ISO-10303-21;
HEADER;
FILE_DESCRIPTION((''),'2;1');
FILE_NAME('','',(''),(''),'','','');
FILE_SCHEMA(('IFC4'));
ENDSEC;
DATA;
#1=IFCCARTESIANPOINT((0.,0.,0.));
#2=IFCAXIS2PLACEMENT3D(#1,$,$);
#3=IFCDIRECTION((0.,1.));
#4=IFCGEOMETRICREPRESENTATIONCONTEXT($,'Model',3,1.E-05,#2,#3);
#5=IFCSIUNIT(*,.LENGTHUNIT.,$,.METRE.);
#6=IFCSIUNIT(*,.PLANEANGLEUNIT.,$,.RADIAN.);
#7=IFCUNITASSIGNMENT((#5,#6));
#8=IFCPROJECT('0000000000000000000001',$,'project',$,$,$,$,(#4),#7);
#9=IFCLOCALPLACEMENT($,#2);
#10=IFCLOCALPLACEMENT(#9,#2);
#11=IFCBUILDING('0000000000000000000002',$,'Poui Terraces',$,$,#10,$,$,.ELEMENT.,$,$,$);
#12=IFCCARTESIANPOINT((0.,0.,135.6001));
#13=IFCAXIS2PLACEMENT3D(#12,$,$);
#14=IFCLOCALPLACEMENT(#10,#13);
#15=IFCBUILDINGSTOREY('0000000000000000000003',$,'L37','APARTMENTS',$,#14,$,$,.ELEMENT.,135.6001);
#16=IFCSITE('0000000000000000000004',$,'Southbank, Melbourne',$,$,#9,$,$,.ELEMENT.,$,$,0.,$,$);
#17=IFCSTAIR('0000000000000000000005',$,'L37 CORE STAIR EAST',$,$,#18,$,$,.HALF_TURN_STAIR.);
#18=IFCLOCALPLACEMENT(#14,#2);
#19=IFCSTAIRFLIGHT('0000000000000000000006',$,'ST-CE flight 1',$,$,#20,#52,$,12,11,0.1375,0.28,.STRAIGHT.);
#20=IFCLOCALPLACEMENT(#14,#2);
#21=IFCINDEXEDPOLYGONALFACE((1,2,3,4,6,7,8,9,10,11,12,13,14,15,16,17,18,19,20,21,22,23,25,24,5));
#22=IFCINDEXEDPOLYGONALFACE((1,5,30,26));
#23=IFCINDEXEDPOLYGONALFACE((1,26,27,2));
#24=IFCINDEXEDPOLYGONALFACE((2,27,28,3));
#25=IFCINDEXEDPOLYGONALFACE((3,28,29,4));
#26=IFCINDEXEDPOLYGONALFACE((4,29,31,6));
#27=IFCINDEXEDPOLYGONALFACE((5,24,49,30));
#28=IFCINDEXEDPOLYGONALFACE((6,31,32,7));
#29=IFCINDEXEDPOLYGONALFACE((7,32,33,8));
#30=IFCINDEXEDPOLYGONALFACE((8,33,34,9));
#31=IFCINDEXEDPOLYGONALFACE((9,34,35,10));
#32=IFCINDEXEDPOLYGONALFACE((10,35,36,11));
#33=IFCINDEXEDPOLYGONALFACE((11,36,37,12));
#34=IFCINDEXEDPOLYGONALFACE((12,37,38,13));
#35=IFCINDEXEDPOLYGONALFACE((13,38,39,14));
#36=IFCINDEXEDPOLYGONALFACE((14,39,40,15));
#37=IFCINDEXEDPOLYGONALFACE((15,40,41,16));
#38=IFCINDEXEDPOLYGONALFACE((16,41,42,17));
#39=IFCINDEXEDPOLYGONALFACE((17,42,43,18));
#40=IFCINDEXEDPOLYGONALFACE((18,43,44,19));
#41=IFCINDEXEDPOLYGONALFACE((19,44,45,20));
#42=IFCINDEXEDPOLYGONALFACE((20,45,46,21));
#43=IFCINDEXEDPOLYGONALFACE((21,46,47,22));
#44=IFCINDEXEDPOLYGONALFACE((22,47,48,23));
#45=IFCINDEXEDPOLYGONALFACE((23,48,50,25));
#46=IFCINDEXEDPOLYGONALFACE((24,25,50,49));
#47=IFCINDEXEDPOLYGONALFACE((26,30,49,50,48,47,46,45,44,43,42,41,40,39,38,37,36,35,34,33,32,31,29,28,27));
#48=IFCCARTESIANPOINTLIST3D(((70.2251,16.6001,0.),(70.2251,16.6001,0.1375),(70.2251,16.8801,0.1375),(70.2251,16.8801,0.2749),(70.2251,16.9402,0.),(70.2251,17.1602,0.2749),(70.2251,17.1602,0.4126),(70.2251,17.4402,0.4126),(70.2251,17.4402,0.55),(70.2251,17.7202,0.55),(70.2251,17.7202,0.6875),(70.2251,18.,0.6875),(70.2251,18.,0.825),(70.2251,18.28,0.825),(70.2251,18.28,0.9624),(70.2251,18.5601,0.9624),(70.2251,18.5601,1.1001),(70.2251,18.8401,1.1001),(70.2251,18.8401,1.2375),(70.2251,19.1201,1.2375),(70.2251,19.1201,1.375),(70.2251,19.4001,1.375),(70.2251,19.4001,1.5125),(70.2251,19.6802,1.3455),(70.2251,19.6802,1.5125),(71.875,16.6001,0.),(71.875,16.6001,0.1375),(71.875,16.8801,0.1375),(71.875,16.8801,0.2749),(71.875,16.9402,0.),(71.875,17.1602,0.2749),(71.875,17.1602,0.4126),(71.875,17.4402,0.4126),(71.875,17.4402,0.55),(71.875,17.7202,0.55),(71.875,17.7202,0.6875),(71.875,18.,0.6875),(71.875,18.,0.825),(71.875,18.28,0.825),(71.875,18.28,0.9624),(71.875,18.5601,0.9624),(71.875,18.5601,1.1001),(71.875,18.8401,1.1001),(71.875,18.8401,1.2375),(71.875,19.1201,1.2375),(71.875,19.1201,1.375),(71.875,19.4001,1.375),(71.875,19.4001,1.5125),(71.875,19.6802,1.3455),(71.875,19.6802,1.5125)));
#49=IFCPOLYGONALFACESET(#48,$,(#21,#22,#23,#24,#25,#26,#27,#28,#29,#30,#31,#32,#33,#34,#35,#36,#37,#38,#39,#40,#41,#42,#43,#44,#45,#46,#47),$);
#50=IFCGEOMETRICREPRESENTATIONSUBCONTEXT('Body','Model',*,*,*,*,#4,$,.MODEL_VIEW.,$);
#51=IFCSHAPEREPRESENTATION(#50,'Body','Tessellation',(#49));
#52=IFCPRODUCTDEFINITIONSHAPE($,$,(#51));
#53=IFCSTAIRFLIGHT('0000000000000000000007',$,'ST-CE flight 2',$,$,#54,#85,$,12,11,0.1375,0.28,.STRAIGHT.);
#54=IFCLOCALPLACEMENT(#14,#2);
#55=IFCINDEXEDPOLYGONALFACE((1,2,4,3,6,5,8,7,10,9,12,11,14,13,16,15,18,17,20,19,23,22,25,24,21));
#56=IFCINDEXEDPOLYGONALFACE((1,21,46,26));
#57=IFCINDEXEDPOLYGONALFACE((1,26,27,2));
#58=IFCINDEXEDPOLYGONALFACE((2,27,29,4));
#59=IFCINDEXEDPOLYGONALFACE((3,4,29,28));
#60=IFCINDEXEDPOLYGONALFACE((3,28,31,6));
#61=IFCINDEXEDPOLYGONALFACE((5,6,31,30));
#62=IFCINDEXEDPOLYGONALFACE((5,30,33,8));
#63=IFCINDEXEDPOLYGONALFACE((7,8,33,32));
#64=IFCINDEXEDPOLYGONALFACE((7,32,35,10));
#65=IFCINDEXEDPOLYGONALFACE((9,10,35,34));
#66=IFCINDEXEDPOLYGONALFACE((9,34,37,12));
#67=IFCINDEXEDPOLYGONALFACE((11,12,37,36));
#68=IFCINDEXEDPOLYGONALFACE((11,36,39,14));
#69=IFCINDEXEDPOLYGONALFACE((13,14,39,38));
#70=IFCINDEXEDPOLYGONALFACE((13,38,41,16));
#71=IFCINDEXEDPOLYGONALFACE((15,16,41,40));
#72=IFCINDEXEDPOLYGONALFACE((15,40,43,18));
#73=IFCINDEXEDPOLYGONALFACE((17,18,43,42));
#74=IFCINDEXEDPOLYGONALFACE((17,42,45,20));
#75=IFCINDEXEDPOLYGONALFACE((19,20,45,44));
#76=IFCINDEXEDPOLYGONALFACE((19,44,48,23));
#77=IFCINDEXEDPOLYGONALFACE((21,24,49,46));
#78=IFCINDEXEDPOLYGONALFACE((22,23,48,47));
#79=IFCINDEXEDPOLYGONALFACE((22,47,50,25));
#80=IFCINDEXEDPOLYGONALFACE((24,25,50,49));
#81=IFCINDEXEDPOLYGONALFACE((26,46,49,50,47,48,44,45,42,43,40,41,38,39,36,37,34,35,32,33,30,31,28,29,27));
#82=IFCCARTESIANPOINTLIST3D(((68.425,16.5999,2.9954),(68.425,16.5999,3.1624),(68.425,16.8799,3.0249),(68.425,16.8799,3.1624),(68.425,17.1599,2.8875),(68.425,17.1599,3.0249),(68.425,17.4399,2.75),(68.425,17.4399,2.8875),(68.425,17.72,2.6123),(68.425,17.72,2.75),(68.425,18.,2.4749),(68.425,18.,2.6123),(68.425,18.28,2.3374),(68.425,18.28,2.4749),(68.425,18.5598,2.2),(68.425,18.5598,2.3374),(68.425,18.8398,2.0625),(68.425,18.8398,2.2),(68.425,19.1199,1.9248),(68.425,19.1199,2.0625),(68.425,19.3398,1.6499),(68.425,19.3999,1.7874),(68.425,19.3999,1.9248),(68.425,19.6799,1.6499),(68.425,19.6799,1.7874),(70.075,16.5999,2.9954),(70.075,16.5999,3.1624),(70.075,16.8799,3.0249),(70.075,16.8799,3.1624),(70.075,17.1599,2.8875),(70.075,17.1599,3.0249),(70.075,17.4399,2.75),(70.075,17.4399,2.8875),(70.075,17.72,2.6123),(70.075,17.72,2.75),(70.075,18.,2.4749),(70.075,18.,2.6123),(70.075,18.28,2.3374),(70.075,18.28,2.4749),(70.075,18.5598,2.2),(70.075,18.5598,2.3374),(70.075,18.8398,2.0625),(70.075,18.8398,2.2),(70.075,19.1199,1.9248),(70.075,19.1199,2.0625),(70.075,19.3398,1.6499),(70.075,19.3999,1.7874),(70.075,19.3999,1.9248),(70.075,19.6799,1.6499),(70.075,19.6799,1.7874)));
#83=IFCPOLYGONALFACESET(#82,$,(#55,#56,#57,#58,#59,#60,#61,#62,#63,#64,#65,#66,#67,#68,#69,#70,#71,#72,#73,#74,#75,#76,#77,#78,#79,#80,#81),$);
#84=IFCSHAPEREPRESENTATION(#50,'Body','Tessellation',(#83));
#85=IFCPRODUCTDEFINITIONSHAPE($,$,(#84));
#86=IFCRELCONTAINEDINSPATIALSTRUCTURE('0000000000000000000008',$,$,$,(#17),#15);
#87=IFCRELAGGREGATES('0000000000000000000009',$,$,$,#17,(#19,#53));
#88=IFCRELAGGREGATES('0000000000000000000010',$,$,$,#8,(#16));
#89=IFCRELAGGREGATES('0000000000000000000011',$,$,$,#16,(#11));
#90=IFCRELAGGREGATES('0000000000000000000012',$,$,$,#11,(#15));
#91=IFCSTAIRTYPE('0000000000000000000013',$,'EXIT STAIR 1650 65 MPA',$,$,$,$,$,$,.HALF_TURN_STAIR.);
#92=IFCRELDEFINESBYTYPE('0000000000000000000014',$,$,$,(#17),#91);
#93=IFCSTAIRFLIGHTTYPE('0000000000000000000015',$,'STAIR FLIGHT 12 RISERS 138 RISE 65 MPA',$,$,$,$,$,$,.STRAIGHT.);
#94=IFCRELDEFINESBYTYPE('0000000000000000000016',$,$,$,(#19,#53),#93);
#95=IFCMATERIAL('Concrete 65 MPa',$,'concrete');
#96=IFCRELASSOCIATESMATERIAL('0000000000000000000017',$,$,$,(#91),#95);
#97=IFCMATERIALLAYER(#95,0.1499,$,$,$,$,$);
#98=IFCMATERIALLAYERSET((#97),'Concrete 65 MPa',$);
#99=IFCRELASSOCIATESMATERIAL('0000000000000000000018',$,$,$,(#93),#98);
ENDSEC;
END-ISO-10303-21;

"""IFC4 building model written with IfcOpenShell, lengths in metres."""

from ifc_helpers import new_model, si_unit, direction, frame, origin, place, context, subcontext, project, spatial, polyline, outline, extrude, material, layer, layer_set, type_object, element, aggregate, save


model = new_model("IFC4")

# Units and contexts
model_context = context("Model", 3, precision=1e-05, world=origin(), true_north=direction((0.0, 1.0)))
body_context = subcontext(model_context, "Body", "Model", "MODEL_VIEW")
ifc_project = project(units=[si_unit("LENGTHUNIT", "METRE"), si_unit("PLANEANGLEUNIT", "RADIAN")], contexts=[model_context])

# Site, building, storey
site_placement = place(None, origin())
site = spatial("IfcSite", under=ifc_project, at=site_placement, Name="Southbank, Melbourne", CompositionType="ELEMENT", RefElevation=0.0)
building_placement = place(site_placement, origin())
building = spatial("IfcBuilding", under=site, at=building_placement, Name="Poui Terraces", CompositionType="ELEMENT")
storey_placement = place(building_placement, frame((0.0, 0.0, 135.6001)))
storey = spatial("IfcBuildingStorey", under=building, at=storey_placement, Name="L37", Description="APARTMENTS", CompositionType="ELEMENT", Elevation=135.6001)

# Shared definitions
ifc_material_1 = material(Name="Concrete 65 MPa", Category="concrete")

# Stair, stair flights
stair_type = type_object("IfcStairType", Name="EXIT STAIR 1650 65 MPA", PredefinedType="HALF_TURN_STAIR", material=ifc_material_1)
stair_placement = place(storey_placement, origin())
stair = element("IfcStair", 1, at=stair_placement, inside=storey, type_object=stair_type, Name="L37 CORE STAIR EAST", PredefinedType="HALF_TURN_STAIR")
ifc_layer_1 = layer(ifc_material_1, 0.1499)
ifc_layer_set_1 = layer_set([ifc_layer_1], Name="Concrete 65 MPa")
stair_flight_type = type_object("IfcStairFlightType", Name="STAIR FLIGHT 12 RISERS 138 RISE 65 MPA", PredefinedType="STRAIGHT", material=ifc_layer_set_1)
stair_flight_1_placement = place(storey_placement, frame((71.05, 16.6001, 0.0), z_axis=(0.0, 0.0, 1.0), x_axis=(0.0, 1.0, 0.0)))
stair_flight_1 = element("IfcStairFlight", 2, at=stair_flight_1_placement, type_object=stair_flight_type, Name="ST-CE flight 1", NumberOfRisers=12, NumberOfTreads=11, PredefinedType="STRAIGHT", RiserHeight=0.1375, TreadLength=0.28, context=body_context, shape_type="SweptSolid", body=[
    extrude(outline(polyline([(0.0, 0.0), (0.0, 0.1375), (0.28, 0.1375), (0.28, 0.2749), (0.5601, 0.2749), (0.5601, 0.4126), (0.8401, 0.4126), (0.8401, 0.55), (1.1201, 0.55), (1.1201, 0.6875), (1.3999, 0.6875), (1.3999, 0.825), (1.6799, 0.825), (1.6799, 0.9624), (1.96, 0.9624), (1.96, 1.1001), (2.24, 1.1001), (2.24, 1.2375), (2.52, 1.2375), (2.52, 1.375), (2.8, 1.375), (2.8, 1.5125), (3.0801, 1.5125), (3.0801, 1.6499), (3.0801, 1.3455), (0.3401, 0.0), (0.0, 0.0)])), frame((0.0, 0.825, 0.0), z_axis=(0.0, -1.0, 0.0), x_axis=(1.0, 0.0, 0.0)), (0.0, 0.0, 1.0), 1.6499),
])
stair_flight_2_placement = place(storey_placement, frame((69.25, 19.6799, 1.6499), z_axis=(0.0, 0.0, 1.0), x_axis=(0.0, -1.0, 0.0)))
stair_flight_2 = element("IfcStairFlight", 3, at=stair_flight_2_placement, type_object=stair_flight_type, Name="ST-CE flight 2", NumberOfRisers=12, NumberOfTreads=11, PredefinedType="STRAIGHT", RiserHeight=0.1375, TreadLength=0.28, context=body_context, shape_type="SweptSolid", body=[
    extrude(outline(polyline([(0.0, 0.0), (0.0, 0.1375), (0.28, 0.1375), (0.28, 0.2749), (0.5601, 0.2749), (0.5601, 0.4126), (0.8401, 0.4126), (0.8401, 0.55), (1.1201, 0.55), (1.1201, 0.6875), (1.3999, 0.6875), (1.3999, 0.825), (1.6799, 0.825), (1.6799, 0.9624), (1.96, 0.9624), (1.96, 1.1001), (2.24, 1.1001), (2.24, 1.2375), (2.52, 1.2375), (2.52, 1.375), (2.8, 1.375), (2.8, 1.5125), (3.0801, 1.5125), (3.0801, 1.6499), (3.0801, 1.3455), (0.3401, 0.0), (0.0, 0.0)])), frame((0.0, 0.825, 0.0), z_axis=(0.0, -1.0, 0.0), x_axis=(1.0, 0.0, 0.0)), (0.0, 0.0, 1.0), 1.6499),
])
aggregate(stair, [stair_flight_1, stair_flight_2])

save(model, "model.ifc")
